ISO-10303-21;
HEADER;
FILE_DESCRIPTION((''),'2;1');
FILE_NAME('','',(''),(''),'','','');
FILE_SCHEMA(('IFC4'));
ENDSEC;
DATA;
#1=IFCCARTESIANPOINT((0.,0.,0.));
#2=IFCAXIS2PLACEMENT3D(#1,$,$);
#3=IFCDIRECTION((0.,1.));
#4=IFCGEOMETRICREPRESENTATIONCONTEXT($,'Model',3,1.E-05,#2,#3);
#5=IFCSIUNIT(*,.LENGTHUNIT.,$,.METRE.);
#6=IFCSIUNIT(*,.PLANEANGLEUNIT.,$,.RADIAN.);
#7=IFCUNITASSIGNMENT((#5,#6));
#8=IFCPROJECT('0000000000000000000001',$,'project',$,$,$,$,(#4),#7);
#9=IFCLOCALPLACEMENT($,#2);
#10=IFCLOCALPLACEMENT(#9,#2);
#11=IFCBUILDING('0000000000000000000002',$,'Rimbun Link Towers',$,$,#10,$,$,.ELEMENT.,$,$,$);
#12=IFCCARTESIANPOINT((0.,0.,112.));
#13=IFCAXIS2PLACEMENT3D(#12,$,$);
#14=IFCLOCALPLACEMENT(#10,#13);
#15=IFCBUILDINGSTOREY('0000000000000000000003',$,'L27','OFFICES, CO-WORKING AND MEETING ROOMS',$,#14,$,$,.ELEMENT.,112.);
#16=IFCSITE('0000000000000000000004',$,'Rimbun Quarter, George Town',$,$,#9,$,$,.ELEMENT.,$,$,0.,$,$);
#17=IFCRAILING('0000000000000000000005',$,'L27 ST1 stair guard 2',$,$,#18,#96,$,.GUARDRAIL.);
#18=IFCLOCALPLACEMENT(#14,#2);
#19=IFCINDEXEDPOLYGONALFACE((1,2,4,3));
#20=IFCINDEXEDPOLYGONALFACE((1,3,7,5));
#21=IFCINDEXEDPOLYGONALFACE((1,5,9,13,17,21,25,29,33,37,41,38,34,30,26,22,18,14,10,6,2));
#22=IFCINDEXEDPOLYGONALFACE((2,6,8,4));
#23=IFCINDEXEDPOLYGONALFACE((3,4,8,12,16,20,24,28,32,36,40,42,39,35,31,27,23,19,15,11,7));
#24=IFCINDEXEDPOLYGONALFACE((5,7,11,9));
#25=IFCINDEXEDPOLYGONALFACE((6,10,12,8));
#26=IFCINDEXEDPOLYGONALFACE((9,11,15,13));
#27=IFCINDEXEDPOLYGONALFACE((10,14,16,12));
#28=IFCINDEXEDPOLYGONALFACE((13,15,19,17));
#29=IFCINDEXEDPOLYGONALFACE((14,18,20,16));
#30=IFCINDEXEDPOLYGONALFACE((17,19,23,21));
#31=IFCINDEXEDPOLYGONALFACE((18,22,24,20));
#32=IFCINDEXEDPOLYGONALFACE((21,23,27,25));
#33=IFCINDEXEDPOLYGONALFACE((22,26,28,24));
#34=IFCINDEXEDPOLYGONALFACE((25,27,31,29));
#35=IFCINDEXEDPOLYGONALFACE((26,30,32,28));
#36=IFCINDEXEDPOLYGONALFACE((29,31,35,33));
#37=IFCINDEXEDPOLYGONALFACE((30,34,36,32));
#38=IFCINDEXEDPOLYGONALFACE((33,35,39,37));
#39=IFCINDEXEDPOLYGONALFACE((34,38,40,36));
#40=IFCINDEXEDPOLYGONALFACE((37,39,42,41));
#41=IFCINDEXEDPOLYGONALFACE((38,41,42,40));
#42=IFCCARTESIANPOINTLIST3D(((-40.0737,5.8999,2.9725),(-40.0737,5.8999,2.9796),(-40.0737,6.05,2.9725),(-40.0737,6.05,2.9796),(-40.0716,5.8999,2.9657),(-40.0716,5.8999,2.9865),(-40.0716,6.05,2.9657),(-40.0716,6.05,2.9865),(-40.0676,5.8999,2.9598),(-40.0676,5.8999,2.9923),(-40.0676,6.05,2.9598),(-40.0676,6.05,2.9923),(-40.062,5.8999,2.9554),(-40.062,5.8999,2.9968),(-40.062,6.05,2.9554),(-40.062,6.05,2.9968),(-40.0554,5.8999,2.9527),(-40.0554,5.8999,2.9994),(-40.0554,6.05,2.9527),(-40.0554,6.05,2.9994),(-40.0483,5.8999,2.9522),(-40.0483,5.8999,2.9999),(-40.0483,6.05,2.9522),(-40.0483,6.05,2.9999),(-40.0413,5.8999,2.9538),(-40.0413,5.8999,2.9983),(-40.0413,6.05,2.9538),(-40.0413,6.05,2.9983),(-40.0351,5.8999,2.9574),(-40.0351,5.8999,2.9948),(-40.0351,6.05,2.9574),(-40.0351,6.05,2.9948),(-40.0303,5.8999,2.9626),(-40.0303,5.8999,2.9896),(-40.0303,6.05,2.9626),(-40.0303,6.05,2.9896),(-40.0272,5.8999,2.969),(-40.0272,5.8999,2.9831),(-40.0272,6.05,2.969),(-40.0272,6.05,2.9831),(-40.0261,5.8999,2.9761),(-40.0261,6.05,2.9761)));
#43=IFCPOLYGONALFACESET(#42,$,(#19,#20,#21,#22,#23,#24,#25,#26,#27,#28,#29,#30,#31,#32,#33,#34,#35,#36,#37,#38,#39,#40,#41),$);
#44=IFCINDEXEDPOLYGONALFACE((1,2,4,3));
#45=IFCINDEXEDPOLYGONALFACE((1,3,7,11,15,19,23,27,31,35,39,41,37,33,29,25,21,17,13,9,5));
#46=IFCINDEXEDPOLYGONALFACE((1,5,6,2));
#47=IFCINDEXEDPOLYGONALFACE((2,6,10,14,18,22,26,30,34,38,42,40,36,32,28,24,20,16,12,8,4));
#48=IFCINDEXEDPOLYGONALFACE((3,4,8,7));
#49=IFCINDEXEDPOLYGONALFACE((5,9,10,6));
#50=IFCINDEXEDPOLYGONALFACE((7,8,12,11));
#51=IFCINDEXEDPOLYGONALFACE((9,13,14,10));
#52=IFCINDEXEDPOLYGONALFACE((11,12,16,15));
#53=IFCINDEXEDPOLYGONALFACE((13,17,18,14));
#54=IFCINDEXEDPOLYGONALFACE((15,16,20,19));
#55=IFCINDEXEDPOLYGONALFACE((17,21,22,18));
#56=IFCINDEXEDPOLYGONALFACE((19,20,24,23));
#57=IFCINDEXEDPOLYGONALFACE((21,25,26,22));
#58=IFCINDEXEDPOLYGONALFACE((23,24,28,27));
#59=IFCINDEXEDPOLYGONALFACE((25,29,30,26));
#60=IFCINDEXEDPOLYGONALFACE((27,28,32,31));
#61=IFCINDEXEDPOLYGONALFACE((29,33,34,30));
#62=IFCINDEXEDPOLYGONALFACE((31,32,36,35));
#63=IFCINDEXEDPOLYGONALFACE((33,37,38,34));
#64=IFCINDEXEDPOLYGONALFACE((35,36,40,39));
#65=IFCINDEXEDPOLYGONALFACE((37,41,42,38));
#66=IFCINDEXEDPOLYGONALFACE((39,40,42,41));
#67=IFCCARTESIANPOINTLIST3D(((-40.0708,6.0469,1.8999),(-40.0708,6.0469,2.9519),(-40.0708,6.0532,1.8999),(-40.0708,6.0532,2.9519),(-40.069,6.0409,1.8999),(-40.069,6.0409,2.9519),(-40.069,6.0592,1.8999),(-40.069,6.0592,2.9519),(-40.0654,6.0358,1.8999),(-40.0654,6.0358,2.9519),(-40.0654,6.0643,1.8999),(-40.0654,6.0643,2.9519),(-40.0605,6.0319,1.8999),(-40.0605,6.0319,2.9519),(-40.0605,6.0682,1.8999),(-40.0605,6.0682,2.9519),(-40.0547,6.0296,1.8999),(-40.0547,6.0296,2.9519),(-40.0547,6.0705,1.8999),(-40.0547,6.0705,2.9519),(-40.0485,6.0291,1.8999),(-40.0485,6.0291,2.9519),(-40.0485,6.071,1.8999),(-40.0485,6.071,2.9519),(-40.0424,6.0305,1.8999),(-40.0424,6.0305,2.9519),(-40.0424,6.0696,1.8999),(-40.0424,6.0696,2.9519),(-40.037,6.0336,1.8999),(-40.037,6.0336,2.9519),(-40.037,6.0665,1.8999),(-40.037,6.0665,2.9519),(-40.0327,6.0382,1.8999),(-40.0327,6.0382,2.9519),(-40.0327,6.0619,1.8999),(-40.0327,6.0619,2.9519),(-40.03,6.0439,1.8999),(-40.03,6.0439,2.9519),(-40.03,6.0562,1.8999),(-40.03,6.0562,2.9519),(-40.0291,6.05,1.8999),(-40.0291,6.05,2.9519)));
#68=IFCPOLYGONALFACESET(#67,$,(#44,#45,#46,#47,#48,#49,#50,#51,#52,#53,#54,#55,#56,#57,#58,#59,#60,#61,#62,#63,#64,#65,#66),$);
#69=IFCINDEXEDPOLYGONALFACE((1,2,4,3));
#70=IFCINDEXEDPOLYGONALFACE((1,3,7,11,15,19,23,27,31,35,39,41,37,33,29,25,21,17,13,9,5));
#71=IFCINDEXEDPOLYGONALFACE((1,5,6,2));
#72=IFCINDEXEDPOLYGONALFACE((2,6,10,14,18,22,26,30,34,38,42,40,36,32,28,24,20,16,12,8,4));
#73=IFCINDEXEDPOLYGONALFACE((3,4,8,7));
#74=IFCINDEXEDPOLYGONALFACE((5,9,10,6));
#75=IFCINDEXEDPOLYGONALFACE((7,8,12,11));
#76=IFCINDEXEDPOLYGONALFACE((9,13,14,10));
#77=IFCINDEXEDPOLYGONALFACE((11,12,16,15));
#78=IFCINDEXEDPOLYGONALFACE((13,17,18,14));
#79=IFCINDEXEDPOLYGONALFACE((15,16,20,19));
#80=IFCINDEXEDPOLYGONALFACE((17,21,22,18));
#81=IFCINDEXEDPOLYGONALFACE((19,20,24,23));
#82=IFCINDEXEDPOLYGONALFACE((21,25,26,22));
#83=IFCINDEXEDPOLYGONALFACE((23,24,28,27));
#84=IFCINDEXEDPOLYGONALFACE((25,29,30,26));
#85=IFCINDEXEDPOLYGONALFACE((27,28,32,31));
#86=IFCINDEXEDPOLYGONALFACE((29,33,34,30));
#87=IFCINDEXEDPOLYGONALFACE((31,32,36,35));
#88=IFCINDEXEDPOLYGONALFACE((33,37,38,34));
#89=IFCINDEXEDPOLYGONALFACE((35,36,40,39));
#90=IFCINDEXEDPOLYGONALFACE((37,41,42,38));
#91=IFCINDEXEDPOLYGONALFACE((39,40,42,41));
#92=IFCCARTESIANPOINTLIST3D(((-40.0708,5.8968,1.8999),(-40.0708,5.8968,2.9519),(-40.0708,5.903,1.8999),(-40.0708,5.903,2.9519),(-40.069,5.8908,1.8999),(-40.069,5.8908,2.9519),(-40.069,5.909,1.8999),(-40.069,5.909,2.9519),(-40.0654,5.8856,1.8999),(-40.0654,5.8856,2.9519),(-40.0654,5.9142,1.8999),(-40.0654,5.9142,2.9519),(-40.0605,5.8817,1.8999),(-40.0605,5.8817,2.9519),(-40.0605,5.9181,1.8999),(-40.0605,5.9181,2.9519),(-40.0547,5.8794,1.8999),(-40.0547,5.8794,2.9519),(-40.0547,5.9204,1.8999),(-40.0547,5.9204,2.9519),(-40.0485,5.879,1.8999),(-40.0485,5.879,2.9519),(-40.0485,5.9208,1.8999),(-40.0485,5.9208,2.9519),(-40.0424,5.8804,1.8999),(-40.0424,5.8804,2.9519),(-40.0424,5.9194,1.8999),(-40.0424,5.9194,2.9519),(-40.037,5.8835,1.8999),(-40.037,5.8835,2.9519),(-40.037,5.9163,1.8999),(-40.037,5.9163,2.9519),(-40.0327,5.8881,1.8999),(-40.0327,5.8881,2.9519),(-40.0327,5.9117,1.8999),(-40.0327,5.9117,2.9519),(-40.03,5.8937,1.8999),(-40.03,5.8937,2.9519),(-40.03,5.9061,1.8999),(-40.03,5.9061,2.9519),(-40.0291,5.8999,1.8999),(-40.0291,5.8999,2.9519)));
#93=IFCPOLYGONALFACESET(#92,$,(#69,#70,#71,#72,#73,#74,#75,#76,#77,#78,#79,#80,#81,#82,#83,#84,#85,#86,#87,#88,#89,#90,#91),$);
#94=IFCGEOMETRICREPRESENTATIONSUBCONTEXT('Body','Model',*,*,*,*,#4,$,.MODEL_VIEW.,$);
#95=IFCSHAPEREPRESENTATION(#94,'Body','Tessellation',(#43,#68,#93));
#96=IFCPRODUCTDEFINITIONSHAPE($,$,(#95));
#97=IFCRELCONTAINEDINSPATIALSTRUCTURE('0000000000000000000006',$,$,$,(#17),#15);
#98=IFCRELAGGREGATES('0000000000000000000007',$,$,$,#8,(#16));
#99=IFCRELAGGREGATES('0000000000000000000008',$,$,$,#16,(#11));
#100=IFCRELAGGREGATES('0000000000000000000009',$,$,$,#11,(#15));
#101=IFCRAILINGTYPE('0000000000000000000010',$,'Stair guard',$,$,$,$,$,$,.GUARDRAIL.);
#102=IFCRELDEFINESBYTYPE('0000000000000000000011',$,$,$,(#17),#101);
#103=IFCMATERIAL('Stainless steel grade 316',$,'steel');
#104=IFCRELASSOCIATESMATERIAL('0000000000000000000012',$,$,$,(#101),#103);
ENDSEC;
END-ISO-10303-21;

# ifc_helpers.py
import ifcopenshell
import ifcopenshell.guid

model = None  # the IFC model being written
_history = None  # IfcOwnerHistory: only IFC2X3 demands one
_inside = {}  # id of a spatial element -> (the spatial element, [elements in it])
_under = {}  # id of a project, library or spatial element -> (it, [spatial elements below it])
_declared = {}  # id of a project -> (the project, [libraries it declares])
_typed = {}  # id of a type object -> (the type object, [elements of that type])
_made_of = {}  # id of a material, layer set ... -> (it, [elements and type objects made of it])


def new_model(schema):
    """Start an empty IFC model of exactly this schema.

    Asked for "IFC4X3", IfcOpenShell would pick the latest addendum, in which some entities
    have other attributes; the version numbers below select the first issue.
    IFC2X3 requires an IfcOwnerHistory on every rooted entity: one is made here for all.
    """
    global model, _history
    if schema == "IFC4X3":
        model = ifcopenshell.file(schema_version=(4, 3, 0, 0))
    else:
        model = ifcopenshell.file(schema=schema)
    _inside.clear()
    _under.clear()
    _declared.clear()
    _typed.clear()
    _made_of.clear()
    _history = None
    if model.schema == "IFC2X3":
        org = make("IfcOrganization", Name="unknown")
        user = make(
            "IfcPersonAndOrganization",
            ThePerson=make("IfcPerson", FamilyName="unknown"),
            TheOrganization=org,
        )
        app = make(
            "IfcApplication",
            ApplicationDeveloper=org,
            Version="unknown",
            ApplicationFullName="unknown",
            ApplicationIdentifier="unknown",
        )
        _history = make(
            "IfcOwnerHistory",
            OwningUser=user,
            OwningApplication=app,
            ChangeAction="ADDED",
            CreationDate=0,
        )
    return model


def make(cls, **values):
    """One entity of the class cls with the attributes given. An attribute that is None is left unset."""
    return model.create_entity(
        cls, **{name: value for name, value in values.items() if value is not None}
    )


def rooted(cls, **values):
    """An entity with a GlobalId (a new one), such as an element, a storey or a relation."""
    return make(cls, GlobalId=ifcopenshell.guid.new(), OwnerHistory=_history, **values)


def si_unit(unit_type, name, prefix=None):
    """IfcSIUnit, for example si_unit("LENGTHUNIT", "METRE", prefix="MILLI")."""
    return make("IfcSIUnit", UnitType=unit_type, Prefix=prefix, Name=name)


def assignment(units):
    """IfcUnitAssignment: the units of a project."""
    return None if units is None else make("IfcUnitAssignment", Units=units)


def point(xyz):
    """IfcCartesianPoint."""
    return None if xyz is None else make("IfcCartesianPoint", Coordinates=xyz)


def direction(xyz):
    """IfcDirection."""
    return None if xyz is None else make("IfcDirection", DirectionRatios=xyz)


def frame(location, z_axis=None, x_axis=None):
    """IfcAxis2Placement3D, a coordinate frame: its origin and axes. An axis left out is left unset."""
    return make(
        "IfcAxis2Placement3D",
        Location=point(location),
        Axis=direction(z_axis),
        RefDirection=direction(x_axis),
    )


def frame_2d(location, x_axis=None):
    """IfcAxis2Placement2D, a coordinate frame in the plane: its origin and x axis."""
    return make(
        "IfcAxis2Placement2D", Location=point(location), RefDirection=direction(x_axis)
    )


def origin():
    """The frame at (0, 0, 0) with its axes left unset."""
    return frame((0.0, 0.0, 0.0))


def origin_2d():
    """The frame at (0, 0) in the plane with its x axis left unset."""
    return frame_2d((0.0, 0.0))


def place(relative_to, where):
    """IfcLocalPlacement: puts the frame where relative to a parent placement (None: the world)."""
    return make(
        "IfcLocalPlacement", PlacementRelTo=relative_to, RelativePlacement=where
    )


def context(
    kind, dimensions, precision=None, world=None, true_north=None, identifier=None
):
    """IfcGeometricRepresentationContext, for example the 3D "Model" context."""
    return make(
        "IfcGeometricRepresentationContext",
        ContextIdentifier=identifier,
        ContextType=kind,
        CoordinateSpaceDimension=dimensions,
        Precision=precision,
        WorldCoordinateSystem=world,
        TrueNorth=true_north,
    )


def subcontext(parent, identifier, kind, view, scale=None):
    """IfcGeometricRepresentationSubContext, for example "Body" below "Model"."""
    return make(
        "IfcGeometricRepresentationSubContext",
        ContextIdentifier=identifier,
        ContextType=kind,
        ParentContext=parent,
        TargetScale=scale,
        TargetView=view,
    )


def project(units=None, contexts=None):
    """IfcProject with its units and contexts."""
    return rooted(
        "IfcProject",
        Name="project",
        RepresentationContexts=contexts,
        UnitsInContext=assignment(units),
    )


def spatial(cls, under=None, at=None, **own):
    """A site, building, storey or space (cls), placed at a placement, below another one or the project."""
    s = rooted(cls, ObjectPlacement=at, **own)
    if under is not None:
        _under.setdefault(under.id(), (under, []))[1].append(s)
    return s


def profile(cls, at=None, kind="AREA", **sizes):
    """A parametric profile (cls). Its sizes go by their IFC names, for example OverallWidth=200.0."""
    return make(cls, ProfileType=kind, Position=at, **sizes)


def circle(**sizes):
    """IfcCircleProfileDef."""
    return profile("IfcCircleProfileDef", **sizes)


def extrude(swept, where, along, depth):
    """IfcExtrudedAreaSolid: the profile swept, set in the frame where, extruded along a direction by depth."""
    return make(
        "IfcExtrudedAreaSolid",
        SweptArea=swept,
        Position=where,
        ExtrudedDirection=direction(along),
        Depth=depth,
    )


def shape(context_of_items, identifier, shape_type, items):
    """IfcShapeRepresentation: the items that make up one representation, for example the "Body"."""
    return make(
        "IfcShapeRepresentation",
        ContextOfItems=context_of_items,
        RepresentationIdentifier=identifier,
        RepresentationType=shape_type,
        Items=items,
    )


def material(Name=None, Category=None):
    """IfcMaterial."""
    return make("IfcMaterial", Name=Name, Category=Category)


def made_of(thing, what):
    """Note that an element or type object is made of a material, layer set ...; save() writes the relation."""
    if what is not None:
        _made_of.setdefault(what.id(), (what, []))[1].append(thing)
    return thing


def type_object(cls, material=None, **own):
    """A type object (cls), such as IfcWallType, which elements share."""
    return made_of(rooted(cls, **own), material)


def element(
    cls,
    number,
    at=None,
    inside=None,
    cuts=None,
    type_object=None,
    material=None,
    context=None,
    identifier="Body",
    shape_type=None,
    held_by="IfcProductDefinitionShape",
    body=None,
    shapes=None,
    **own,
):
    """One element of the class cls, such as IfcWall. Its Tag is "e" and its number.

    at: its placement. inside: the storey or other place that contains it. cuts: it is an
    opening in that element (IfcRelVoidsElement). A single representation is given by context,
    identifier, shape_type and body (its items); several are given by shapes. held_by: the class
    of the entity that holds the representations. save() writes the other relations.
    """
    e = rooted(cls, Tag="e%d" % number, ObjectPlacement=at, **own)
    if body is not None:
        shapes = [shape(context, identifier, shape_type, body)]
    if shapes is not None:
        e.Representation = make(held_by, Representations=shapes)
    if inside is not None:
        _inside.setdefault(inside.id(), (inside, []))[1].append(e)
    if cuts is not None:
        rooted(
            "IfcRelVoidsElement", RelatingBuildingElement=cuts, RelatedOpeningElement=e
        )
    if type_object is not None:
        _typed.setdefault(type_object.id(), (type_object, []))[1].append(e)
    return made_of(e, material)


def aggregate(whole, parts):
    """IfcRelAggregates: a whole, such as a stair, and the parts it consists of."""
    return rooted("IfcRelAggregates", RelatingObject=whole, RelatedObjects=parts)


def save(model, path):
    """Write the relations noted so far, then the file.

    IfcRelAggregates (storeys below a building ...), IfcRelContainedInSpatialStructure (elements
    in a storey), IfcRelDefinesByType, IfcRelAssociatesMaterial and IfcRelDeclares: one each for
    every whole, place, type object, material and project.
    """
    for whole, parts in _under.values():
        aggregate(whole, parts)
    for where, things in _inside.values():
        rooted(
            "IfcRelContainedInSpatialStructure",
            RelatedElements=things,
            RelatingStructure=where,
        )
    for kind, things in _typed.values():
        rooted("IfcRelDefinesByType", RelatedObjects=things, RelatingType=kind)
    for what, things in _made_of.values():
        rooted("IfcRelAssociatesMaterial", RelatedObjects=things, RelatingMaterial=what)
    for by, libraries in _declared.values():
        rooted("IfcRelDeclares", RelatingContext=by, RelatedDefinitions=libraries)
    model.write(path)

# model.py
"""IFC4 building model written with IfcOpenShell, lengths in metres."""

from ifc_helpers import new_model, si_unit, direction, frame, origin, origin_2d, place, context, subcontext, project, spatial, circle, extrude, material, type_object, element, save


model = new_model("IFC4")

# Units and contexts
model_context = context("Model", 3, precision=1e-05, world=origin(), true_north=direction((0.0, 1.0)))
body_context = subcontext(model_context, "Body", "Model", "MODEL_VIEW")
ifc_project = project(units=[si_unit("LENGTHUNIT", "METRE"), si_unit("PLANEANGLEUNIT", "RADIAN")], contexts=[model_context])

# Site, building, storey
site_placement = place(None, origin())
site = spatial("IfcSite", under=ifc_project, at=site_placement, Name="Rimbun Quarter, George Town", CompositionType="ELEMENT", RefElevation=0.0)
building_placement = place(site_placement, origin())
building = spatial("IfcBuilding", under=site, at=building_placement, Name="Rimbun Link Towers", CompositionType="ELEMENT")
storey_placement = place(building_placement, frame((0.0, 0.0, 112.0)))
storey = spatial("IfcBuildingStorey", under=building, at=storey_placement, Name="L27", Description="OFFICES, CO-WORKING AND MEETING ROOMS", CompositionType="ELEMENT", Elevation=112.0)

# Railing
ifc_material_1 = material(Name="Stainless steel grade 316", Category="steel")
railing_type_1 = type_object("IfcRailingType", Name="Stair guard", PredefinedType="GUARDRAIL", material=ifc_material_1)
railing_1_placement = place(storey_placement, frame((-40.05, 6.05, 1.8999)))
element("IfcRailing", 1, at=railing_1_placement, inside=storey, type_object=railing_type_1, Name="L27 ST1 stair guard 2", PredefinedType="GUARDRAIL", context=body_context, shape_type="SweptSolid", body=[
    extrude(circle(Radius=0.0239, at=origin_2d()), frame((0.0, 0.0, 1.0762), z_axis=(0.0, -1.0, 0.0), x_axis=(1.0, 0.0, 0.0)), (0.0, 0.0, 1.0), 0.1501),
    extrude(circle(Radius=0.021, at=origin_2d()), origin(), (0.0, 0.0, 1.0), 1.052),
    extrude(circle(Radius=0.021, at=origin_2d()), frame((0.0, -0.1501, 0.0)), (0.0, 0.0, 1.0), 1.052),
])

save(model, "model.ifc")
